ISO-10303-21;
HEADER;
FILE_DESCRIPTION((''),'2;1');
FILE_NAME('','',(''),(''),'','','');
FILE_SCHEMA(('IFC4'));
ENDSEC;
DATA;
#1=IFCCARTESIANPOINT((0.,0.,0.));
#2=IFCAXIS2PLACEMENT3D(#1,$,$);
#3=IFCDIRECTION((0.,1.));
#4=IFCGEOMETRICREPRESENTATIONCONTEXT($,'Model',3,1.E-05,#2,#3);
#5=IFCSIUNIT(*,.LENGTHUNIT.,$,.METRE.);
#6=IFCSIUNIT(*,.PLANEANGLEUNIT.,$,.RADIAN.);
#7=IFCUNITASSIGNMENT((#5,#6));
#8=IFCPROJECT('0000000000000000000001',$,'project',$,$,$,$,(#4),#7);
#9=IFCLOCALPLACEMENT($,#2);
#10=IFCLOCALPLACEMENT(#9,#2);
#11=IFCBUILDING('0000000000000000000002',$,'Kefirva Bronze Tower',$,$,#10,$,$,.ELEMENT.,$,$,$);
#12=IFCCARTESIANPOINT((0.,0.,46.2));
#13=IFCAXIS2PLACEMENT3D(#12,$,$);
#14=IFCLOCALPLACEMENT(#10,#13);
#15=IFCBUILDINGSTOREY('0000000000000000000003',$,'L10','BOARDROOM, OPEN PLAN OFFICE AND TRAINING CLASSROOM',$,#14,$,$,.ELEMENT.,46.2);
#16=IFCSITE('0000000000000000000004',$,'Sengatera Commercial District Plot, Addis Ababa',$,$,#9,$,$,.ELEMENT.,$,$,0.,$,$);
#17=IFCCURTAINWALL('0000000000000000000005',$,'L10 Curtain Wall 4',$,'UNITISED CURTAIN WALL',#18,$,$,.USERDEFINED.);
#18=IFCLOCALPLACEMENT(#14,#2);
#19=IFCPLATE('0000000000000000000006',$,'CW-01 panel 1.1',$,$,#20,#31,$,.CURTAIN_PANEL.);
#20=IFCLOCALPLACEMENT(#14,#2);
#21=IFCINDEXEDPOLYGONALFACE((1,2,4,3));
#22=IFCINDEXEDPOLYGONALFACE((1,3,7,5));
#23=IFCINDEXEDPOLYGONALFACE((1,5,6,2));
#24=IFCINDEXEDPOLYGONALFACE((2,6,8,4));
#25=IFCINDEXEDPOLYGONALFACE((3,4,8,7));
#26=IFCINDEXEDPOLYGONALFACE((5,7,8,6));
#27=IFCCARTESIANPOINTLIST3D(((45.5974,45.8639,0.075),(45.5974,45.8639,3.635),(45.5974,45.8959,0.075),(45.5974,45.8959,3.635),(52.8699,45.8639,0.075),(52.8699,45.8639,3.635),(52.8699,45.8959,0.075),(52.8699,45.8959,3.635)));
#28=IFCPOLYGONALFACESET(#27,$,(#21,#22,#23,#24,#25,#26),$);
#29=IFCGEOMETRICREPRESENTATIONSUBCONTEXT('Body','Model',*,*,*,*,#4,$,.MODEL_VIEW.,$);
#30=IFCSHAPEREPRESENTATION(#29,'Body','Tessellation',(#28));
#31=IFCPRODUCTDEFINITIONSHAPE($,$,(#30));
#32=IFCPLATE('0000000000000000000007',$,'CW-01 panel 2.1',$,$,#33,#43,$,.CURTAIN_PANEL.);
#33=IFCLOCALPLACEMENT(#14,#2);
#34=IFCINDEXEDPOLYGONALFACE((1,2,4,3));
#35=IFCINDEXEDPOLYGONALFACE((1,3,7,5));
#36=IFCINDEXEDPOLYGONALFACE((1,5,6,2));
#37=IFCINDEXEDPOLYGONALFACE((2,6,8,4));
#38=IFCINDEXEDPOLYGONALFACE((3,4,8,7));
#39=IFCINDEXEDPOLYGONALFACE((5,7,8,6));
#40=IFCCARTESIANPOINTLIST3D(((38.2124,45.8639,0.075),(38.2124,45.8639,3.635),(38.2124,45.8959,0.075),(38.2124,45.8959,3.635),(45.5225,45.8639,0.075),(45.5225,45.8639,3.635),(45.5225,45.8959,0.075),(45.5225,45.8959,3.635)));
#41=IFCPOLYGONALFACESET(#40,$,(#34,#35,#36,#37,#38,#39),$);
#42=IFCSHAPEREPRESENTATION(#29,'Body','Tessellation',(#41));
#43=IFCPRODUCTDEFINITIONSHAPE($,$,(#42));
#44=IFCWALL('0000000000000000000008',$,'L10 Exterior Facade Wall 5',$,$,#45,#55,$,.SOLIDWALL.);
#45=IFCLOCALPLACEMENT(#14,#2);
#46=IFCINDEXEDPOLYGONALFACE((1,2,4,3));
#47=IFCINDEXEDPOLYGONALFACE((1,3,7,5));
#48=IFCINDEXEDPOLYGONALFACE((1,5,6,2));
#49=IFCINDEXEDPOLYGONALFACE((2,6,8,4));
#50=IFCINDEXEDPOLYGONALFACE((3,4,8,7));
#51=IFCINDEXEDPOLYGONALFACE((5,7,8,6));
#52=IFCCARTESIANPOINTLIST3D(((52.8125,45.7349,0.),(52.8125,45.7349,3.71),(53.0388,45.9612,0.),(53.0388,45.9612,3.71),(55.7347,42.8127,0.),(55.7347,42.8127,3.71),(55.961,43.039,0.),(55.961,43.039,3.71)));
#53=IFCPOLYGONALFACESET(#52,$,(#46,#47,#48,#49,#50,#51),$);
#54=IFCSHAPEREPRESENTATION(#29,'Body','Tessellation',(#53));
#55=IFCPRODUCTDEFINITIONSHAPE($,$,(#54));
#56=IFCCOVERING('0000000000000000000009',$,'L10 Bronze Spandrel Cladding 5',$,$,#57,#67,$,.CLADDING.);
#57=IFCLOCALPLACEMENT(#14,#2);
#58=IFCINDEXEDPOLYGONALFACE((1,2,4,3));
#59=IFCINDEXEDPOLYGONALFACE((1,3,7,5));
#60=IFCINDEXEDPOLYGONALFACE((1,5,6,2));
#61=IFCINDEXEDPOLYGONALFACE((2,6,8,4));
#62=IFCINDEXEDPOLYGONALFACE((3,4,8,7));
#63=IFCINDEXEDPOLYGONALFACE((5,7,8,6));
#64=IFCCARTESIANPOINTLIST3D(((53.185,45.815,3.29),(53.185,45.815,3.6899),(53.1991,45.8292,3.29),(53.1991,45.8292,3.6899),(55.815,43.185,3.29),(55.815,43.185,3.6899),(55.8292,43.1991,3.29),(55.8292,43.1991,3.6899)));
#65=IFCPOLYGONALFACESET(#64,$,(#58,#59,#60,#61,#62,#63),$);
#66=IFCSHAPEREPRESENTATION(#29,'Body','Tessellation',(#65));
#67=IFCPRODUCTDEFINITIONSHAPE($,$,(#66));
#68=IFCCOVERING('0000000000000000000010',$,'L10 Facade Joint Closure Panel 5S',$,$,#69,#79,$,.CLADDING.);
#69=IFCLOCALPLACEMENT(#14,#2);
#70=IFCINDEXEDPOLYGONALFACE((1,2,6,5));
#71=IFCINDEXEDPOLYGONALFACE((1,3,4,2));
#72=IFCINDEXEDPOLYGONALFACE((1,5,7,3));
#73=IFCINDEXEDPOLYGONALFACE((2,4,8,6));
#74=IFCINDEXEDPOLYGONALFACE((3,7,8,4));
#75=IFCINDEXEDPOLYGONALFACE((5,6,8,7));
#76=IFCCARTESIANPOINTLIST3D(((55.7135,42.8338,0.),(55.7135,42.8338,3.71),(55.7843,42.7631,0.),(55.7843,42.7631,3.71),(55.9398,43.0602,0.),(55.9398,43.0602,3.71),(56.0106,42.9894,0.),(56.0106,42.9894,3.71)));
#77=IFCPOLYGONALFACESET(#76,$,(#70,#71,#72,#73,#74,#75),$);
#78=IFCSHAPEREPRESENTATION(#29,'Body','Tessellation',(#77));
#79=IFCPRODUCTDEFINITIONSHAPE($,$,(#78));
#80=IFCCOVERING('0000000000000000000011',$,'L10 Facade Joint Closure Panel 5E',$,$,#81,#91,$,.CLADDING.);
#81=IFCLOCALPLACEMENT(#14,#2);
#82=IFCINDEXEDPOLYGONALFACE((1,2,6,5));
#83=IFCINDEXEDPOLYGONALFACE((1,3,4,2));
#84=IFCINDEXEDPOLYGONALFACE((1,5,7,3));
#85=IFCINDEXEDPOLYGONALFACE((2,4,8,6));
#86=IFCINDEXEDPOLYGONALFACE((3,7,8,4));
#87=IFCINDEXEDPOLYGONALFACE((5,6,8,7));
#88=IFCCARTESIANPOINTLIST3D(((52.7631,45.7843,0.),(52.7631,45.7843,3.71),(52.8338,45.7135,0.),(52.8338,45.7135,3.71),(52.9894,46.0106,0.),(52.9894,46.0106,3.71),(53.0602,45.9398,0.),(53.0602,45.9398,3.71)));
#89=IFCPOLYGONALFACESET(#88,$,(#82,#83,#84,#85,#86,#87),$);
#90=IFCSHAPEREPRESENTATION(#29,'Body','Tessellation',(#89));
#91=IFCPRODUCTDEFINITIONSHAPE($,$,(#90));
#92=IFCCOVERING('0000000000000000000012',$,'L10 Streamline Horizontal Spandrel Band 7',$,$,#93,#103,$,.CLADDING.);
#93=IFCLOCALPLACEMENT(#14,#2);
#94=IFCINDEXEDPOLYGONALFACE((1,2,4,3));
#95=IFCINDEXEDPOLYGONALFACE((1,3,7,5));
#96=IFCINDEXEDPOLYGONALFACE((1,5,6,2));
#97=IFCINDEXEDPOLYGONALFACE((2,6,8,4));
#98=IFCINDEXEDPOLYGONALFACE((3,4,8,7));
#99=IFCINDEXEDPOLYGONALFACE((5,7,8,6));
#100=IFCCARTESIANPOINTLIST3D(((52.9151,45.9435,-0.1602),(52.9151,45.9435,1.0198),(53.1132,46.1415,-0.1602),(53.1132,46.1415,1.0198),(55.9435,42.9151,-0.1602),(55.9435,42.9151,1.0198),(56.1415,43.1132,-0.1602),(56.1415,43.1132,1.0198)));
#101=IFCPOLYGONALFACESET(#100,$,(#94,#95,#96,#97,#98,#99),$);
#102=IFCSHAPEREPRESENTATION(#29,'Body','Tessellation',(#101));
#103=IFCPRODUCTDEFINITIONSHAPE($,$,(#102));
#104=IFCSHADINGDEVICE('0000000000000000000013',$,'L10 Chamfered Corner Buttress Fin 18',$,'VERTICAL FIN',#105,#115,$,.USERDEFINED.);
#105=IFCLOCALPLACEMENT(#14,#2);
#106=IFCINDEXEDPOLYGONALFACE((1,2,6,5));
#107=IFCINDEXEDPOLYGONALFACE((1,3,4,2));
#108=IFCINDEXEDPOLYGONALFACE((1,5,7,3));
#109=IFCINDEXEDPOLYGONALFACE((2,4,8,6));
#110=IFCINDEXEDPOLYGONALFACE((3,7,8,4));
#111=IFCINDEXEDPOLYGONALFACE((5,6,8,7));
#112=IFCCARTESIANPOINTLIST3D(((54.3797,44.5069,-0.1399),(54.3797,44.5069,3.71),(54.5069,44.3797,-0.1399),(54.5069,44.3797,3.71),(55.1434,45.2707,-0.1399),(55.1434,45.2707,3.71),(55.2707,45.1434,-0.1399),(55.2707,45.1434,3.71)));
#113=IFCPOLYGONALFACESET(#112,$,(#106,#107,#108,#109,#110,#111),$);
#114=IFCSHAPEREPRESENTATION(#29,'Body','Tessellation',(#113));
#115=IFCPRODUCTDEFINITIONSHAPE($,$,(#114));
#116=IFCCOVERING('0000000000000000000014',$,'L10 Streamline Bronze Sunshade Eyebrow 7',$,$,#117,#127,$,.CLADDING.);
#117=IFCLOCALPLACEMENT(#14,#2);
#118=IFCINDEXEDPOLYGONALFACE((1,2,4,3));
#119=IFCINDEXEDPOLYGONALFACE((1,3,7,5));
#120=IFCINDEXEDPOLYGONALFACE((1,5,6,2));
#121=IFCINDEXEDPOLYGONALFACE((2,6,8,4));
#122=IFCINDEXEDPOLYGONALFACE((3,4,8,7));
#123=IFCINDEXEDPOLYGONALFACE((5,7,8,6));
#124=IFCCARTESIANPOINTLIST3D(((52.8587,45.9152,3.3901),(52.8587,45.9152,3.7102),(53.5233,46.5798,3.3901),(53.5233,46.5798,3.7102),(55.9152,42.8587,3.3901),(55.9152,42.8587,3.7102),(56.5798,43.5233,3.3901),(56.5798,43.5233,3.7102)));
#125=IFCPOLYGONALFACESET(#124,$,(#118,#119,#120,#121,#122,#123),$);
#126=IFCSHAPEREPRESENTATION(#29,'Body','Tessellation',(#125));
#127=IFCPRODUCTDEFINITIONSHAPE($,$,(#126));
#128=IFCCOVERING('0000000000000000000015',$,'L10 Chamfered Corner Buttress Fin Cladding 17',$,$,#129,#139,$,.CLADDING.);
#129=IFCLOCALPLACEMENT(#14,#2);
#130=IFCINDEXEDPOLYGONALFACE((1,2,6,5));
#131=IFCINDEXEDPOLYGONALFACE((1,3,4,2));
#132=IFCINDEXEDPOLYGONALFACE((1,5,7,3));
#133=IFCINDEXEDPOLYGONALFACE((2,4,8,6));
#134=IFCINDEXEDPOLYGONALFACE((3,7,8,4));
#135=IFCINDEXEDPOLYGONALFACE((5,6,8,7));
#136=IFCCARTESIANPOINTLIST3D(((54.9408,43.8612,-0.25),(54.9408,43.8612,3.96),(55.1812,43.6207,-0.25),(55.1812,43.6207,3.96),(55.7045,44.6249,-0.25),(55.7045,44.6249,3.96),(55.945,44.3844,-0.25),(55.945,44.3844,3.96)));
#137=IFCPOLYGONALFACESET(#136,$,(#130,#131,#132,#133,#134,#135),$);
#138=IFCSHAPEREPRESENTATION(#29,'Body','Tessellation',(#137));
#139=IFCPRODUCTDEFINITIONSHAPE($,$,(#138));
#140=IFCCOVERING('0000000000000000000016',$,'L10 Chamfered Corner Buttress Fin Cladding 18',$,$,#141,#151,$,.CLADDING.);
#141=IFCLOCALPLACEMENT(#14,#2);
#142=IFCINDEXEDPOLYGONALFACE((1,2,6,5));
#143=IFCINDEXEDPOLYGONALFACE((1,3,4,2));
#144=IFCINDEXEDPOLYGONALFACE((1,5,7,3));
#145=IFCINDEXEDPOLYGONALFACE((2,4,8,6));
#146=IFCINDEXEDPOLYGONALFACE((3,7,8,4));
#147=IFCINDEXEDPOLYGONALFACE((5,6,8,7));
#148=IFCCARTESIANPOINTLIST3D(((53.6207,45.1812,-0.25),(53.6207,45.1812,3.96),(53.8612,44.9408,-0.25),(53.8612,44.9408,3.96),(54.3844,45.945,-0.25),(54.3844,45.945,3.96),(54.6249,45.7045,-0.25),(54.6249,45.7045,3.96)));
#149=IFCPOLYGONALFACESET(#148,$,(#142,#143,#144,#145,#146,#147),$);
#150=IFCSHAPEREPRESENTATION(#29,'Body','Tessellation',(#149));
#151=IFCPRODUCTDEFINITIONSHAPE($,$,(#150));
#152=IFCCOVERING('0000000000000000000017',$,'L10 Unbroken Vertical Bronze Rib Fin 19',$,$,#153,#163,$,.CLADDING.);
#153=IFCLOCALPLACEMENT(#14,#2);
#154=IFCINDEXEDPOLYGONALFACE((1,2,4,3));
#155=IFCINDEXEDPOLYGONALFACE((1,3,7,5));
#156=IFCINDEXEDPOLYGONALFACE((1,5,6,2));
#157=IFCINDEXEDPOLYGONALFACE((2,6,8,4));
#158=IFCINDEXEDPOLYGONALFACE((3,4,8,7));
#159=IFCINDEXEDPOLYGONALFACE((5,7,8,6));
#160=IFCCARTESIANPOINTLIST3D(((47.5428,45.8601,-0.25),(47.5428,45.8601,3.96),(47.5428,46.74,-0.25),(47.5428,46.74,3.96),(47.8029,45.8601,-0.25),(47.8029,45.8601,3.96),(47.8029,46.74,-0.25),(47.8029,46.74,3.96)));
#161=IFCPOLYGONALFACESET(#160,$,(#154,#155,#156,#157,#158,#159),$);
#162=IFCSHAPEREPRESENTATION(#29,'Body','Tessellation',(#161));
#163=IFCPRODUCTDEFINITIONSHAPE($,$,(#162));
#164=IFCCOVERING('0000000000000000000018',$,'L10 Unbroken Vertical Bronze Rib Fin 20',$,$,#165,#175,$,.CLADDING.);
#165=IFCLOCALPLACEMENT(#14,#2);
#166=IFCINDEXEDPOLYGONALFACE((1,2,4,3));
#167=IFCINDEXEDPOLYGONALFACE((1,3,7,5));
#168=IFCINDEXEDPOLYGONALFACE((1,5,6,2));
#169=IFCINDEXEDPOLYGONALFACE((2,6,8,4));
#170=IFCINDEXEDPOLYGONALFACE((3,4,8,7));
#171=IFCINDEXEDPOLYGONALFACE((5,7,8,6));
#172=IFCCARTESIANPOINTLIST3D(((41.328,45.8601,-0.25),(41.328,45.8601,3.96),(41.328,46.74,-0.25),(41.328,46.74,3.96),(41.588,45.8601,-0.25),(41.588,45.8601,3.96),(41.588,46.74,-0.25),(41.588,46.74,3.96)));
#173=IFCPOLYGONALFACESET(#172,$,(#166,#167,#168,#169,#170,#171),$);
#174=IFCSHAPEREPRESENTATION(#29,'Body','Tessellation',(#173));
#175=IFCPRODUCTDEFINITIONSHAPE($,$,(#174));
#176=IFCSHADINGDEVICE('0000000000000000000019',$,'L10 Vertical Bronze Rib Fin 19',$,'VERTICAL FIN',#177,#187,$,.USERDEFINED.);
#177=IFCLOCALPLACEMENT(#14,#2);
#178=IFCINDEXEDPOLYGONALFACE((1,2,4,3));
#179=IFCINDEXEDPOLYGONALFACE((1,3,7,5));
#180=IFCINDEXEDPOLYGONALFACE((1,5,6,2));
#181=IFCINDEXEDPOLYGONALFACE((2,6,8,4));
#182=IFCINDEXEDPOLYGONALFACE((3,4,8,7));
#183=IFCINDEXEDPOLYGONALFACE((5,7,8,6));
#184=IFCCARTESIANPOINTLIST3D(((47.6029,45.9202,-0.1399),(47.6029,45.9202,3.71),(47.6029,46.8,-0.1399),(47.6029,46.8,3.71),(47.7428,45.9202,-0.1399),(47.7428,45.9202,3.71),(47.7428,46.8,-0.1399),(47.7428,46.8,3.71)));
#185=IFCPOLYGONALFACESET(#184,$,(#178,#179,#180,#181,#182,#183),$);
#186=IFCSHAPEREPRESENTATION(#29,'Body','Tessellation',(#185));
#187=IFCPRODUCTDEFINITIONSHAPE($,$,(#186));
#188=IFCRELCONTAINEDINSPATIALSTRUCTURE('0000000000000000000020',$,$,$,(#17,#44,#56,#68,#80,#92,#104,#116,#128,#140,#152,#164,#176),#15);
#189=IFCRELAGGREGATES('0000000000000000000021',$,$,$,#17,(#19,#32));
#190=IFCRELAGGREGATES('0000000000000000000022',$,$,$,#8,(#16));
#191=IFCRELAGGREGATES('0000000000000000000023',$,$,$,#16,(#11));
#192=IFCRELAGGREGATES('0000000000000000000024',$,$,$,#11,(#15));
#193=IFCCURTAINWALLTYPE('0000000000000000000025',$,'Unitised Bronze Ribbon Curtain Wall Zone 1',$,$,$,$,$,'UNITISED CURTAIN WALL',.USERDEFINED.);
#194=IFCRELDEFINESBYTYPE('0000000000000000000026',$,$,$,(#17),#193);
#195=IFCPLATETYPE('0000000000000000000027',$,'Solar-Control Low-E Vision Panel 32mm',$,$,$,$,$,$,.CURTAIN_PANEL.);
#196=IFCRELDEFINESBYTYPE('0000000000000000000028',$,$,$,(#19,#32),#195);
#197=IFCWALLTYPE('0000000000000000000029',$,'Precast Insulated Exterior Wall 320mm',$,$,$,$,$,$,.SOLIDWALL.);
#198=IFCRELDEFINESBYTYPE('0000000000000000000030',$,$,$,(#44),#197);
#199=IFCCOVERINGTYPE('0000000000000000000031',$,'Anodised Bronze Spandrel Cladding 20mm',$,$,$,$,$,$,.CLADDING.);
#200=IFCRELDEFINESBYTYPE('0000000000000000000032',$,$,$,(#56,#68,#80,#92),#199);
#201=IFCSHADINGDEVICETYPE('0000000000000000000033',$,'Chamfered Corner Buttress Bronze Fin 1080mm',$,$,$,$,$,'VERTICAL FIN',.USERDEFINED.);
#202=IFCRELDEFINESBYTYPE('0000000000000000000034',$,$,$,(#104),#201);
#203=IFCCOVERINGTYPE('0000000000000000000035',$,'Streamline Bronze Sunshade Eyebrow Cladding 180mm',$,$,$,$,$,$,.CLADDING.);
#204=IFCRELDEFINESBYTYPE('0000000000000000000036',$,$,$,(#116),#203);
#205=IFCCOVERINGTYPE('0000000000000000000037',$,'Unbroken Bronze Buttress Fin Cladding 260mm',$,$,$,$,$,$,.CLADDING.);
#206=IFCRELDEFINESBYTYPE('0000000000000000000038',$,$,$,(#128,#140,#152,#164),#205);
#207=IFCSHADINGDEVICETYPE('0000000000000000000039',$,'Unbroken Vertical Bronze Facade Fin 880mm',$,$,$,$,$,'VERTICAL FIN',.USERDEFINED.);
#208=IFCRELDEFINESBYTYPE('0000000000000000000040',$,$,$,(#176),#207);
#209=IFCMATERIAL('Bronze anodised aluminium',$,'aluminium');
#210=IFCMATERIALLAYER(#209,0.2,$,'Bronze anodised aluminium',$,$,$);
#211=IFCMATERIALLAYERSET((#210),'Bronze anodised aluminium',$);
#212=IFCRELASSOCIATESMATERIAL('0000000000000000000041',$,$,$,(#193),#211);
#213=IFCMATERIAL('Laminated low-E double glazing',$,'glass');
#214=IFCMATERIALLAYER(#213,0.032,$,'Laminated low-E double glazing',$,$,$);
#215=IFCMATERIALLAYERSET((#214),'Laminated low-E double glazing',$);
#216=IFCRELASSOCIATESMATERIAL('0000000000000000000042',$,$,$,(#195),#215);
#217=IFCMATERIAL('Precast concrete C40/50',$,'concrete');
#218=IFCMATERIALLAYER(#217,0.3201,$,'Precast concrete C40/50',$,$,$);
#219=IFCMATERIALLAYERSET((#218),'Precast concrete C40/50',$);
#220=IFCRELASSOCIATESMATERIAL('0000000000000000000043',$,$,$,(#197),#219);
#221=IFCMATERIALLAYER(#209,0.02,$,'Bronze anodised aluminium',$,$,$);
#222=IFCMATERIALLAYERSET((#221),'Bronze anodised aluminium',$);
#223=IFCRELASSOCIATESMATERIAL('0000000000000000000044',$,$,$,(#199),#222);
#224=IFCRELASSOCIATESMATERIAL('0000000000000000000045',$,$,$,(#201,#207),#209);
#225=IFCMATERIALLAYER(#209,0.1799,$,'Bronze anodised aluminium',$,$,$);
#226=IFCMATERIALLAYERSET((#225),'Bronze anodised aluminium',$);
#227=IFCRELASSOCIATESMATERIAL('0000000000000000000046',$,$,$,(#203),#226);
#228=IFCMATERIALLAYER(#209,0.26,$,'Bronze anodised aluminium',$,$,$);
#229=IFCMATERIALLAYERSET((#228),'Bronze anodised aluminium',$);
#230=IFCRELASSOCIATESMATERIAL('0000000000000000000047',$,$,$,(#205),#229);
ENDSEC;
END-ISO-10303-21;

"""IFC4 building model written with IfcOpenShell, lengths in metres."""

from ifc_helpers import new_model, si_unit, direction, frame, frame_2d, origin, origin_2d, place, context, subcontext, project, spatial, rectangle, extrude, material, layer, layer_set, material_profile, profile_set, type_object, element, aggregate, save


model = new_model("IFC4")

# Units and contexts
model_context = context("Model", 3, precision=1e-05, world=origin(), true_north=direction((0.0, 1.0)))
body_context = subcontext(model_context, "Body", "Model", "MODEL_VIEW")
ifc_project = project(units=[si_unit("LENGTHUNIT", "METRE"), si_unit("PLANEANGLEUNIT", "RADIAN")], contexts=[model_context])

# Site, building, storey
site_placement = place(None, origin())
site = spatial("IfcSite", under=ifc_project, at=site_placement, Name="Sengatera Commercial District Plot, Addis Ababa", CompositionType="ELEMENT", RefElevation=0.0)
building_placement = place(site_placement, origin())
building = spatial("IfcBuilding", under=site, at=building_placement, Name="Kefirva Bronze Tower", CompositionType="ELEMENT")
storey_placement = place(building_placement, frame((0.0, 0.0, 46.2)))
storey = spatial("IfcBuildingStorey", under=building, at=storey_placement, Name="L10", Description="BOARDROOM, OPEN PLAN OFFICE AND TRAINING CLASSROOM", CompositionType="ELEMENT", Elevation=46.2)

# Shared definitions
ifc_material_1 = material(Name="Bronze anodised aluminium", Category="aluminium")
ifc_layer_1 = layer(ifc_material_1, 0.2, Name="Bronze anodised aluminium")
ifc_layer_set_1 = layer_set([ifc_layer_1], Name="Bronze anodised aluminium")
curtain_wall_type = type_object("IfcCurtainWallType", Name="Unitised Bronze Ribbon Curtain Wall Zone 1", ElementType="UNITISED CURTAIN WALL", PredefinedType="USERDEFINED", material=ifc_layer_set_1)

# Curtain wall
curtain_wall_1_placement = place(storey_placement, origin())
curtain_wall_1 = element("IfcCurtainWall", 1, at=curtain_wall_1_placement, inside=storey, type_object=curtain_wall_type, Name="L10 Curtain Wall 4", ObjectType="UNITISED CURTAIN WALL", PredefinedType="USERDEFINED")

# Plates
ifc_material_2 = material(Name="Laminated low-E double glazing", Category="glass")
ifc_layer_2 = layer(ifc_material_2, 0.032, Name="Laminated low-E double glazing")
ifc_layer_set_2 = layer_set([ifc_layer_2], Name="Laminated low-E double glazing")
plate_type = type_object("IfcPlateType", Name="Solar-Control Low-E Vision Panel 32mm", PredefinedType="CURTAIN_PANEL", material=ifc_layer_set_2)
plate_1_placement = place(storey_placement, frame((49.2336, 45.8799, 0.075), z_axis=(0.0, 0.0, 1.0), x_axis=(-1.0, 0.0, 0.0)))
plate_1 = element("IfcPlate", 2, at=plate_1_placement, type_object=plate_type, Name="CW-01 panel 1.1", PredefinedType="CURTAIN_PANEL", context=body_context, shape_type="SweptSolid", body=[
    extrude(rectangle(XDim=7.2725, YDim=0.032, at=origin_2d()), origin(), (0.0, 0.0, 1.0), 3.5601),
])
plate_2_placement = place(storey_placement, frame((41.8674, 45.8799, 0.075), z_axis=(0.0, 0.0, 1.0), x_axis=(-1.0, 0.0, 0.0)))
plate_2 = element("IfcPlate", 3, at=plate_2_placement, type_object=plate_type, Name="CW-01 panel 2.1", PredefinedType="CURTAIN_PANEL", context=body_context, shape_type="SweptSolid", body=[
    extrude(rectangle(XDim=7.3101, YDim=0.032, at=origin_2d()), origin(), (0.0, 0.0, 1.0), 3.5601),
])
aggregate(curtain_wall_1, [plate_1, plate_2])

# Wall
ifc_material_3 = material(Name="Precast concrete C40/50", Category="concrete")
ifc_layer_3 = layer(ifc_material_3, 0.3201, Name="Precast concrete C40/50")
ifc_layer_set_3 = layer_set([ifc_layer_3], Name="Precast concrete C40/50")
wall_type = type_object("IfcWallType", Name="Precast Insulated Exterior Wall 320mm", PredefinedType="SOLIDWALL", material=ifc_layer_set_3)
wall_placement = place(storey_placement, frame((55.8479, 42.9258, 0.0), z_axis=(0.0, 0.0, 1.0), x_axis=(-0.707107, 0.707107, 0.0)))
element("IfcWall", 4, at=wall_placement, inside=storey, type_object=wall_type, Name="L10 Exterior Facade Wall 5", PredefinedType="SOLIDWALL", context=body_context, shape_type="SweptSolid", body=[
    extrude(rectangle(XDim=4.1326, YDim=0.3201, at=frame_2d((2.0664, 0.0))), origin(), (0.0, 0.0, 1.0), 3.71),
])

# Coverings
ifc_layer_4 = layer(ifc_material_1, 0.02, Name="Bronze anodised aluminium")
ifc_layer_set_4 = layer_set([ifc_layer_4], Name="Bronze anodised aluminium")
covering_type_1 = type_object("IfcCoveringType", Name="Anodised Bronze Spandrel Cladding 20mm", PredefinedType="CLADDING", material=ifc_layer_set_4)
covering_1_placement = place(storey_placement, frame((54.5071, 44.5071, 3.29), z_axis=(0.0, 0.0, 1.0), x_axis=(-0.707107, 0.707107, 0.0)))
element("IfcCovering", 5, at=covering_1_placement, inside=storey, type_object=covering_type_1, Name="L10 Bronze Spandrel Cladding 5", PredefinedType="CLADDING", context=body_context, shape_type="SweptSolid", body=[
    extrude(rectangle(XDim=3.7195, YDim=0.02, at=origin_2d()), origin(), (0.0, 0.0, 1.0), 0.3999),
])
for number, where, z_axis, x_axis, name in (
    (6, (55.8621, 42.9116, 0.0), (0.0, 0.0, 1.0), (-0.707107, 0.707107, 0.0), "L10 Facade Joint Closure Panel 5S"),
    (7, (52.9116, 45.8621, 0.0), (0.0, 0.0, 1.0), (-0.707107, 0.707107, 0.0), "L10 Facade Joint Closure Panel 5E"),
):
    element("IfcCovering", number, at=place(storey_placement, frame(where, z_axis=z_axis, x_axis=x_axis)), inside=storey, type_object=covering_type_1, Name=name, PredefinedType="CLADDING", context=body_context, shape_type="SweptSolid", body=[
        extrude(rectangle(XDim=0.1001, YDim=0.3201, at=origin_2d()), origin(), (0.0, 0.0, 1.0), 3.71),
    ])
covering_2_placement = place(storey_placement, frame((54.5283, 44.5283, -0.1602), z_axis=(0.0, 0.0, 1.0), x_axis=(-0.707107, 0.707107, 0.0)))
element("IfcCovering", 8, at=covering_2_placement, inside=storey, type_object=covering_type_1, Name="L10 Streamline Horizontal Spandrel Band 7", PredefinedType="CLADDING", context=body_context, shape_type="SweptSolid", body=[
    extrude(rectangle(XDim=4.2827, YDim=0.28, at=origin_2d()), origin(), (0.0, 0.0, 1.0), 1.1799),
])

# Shading device
ifc_material_profile_1 = material_profile(ifc_material_1, rectangle(XDim=0.1799, YDim=1.0801, at=origin_2d()), Name="BRONZE BUTTRESS FIN 180x1080")
ifc_profile_set_1 = profile_set([ifc_material_profile_1], Name="Bronze anodised aluminium")
shading_device_type_1 = type_object("IfcShadingDeviceType", Name="Chamfered Corner Buttress Bronze Fin 1080mm", ElementType="VERTICAL FIN", PredefinedType="USERDEFINED", material=ifc_profile_set_1)
shading_device_1_placement = place(storey_placement, frame((54.8252, 44.8252, -0.1399), z_axis=(0.0, 0.0, 1.0), x_axis=(-0.707107, 0.707107, 0.0)))
element("IfcShadingDevice", 9, at=shading_device_1_placement, inside=storey, type_object=shading_device_type_1, Name="L10 Chamfered Corner Buttress Fin 18", ObjectType="VERTICAL FIN", PredefinedType="USERDEFINED", context=body_context, shape_type="SweptSolid", body=[
    extrude(rectangle(XDim=0.1799, YDim=1.0801, at=origin_2d()), origin(), (0.0, 0.0, 1.0), 3.8499),
])

# Coverings
ifc_layer_5 = layer(ifc_material_1, 0.1799, Name="Bronze anodised aluminium")
ifc_layer_set_5 = layer_set([ifc_layer_5], Name="Bronze anodised aluminium")
covering_type_2 = type_object("IfcCoveringType", Name="Streamline Bronze Sunshade Eyebrow Cladding 180mm", PredefinedType="CLADDING", material=ifc_layer_set_5)
covering_3_placement = place(storey_placement, frame((54.7192, 44.7192, 3.3901), z_axis=(0.0, 0.0, 1.0), x_axis=(-0.707107, 0.707107, 0.0)))
element("IfcCovering", 10, at=covering_3_placement, inside=storey, type_object=covering_type_2, Name="L10 Streamline Bronze Sunshade Eyebrow 7", PredefinedType="CLADDING", context=body_context, shape_type="SweptSolid", body=[
    extrude(rectangle(XDim=4.3225, YDim=0.9399, at=origin_2d()), origin(), (0.0, 0.0, 1.0), 0.3201),
])
ifc_layer_6 = layer(ifc_material_1, 0.26, Name="Bronze anodised aluminium")
ifc_layer_set_6 = layer_set([ifc_layer_6], Name="Bronze anodised aluminium")
covering_type_3 = type_object("IfcCoveringType", Name="Unbroken Bronze Buttress Fin Cladding 260mm", PredefinedType="CLADDING", material=ifc_layer_set_6)
for number, where, z_axis, x_axis, name in (
    (11, (55.4429, 44.1228, -0.25), (0.0, 0.0, 1.0), (-0.707107, 0.707107, 0.0), "L10 Chamfered Corner Buttress Fin Cladding 17"),
    (12, (54.1228, 45.4429, -0.25), (0.0, 0.0, 1.0), (-0.707107, 0.707107, 0.0), "L10 Chamfered Corner Buttress Fin Cladding 18"),
):
    element("IfcCovering", number, at=place(storey_placement, frame(where, z_axis=z_axis, x_axis=x_axis)), inside=storey, type_object=covering_type_3, Name=name, PredefinedType="CLADDING", context=body_context, shape_type="SweptSolid", body=[
        extrude(rectangle(XDim=0.3401, YDim=1.0801, at=origin_2d()), origin(), (0.0, 0.0, 1.0), 4.21),
    ])
for number, where, z_axis, x_axis, name in (
    (13, (47.6729, 46.3, -0.25), (0.0, 0.0, 1.0), (-1.0, 0.0, 0.0), "L10 Unbroken Vertical Bronze Rib Fin 19"),
    (14, (41.458, 46.3, -0.25), (0.0, 0.0, 1.0), (-1.0, 0.0, 0.0), "L10 Unbroken Vertical Bronze Rib Fin 20"),
):
    element("IfcCovering", number, at=place(storey_placement, frame(where, z_axis=z_axis, x_axis=x_axis)), inside=storey, type_object=covering_type_3, Name=name, PredefinedType="CLADDING", context=body_context, shape_type="SweptSolid", body=[
        extrude(rectangle(XDim=0.26, YDim=0.8799, at=origin_2d()), origin(), (0.0, 0.0, 1.0), 4.21),
    ])

# Shading device
ifc_material_profile_2 = material_profile(ifc_material_1, rectangle(XDim=0.1399, YDim=0.8799, at=origin_2d()), Name="BRONZE FIN 140x880")
ifc_profile_set_2 = profile_set([ifc_material_profile_2], Name="Bronze anodised aluminium")
shading_device_type_2 = type_object("IfcShadingDeviceType", Name="Unbroken Vertical Bronze Facade Fin 880mm", ElementType="VERTICAL FIN", PredefinedType="USERDEFINED", material=ifc_profile_set_2)
shading_device_2_placement = place(storey_placement, frame((47.6729, 46.3601, -0.1399), z_axis=(0.0, 0.0, 1.0), x_axis=(-1.0, 0.0, 0.0)))
element("IfcShadingDevice", 15, at=shading_device_2_placement, inside=storey, type_object=shading_device_type_2, Name="L10 Vertical Bronze Rib Fin 19", ObjectType="VERTICAL FIN", PredefinedType="USERDEFINED", context=body_context, shape_type="SweptSolid", body=[
    extrude(rectangle(XDim=0.1399, YDim=0.8799, at=origin_2d()), origin(), (0.0, 0.0, 1.0), 3.8499),
])

save(model, "model.ifc")
